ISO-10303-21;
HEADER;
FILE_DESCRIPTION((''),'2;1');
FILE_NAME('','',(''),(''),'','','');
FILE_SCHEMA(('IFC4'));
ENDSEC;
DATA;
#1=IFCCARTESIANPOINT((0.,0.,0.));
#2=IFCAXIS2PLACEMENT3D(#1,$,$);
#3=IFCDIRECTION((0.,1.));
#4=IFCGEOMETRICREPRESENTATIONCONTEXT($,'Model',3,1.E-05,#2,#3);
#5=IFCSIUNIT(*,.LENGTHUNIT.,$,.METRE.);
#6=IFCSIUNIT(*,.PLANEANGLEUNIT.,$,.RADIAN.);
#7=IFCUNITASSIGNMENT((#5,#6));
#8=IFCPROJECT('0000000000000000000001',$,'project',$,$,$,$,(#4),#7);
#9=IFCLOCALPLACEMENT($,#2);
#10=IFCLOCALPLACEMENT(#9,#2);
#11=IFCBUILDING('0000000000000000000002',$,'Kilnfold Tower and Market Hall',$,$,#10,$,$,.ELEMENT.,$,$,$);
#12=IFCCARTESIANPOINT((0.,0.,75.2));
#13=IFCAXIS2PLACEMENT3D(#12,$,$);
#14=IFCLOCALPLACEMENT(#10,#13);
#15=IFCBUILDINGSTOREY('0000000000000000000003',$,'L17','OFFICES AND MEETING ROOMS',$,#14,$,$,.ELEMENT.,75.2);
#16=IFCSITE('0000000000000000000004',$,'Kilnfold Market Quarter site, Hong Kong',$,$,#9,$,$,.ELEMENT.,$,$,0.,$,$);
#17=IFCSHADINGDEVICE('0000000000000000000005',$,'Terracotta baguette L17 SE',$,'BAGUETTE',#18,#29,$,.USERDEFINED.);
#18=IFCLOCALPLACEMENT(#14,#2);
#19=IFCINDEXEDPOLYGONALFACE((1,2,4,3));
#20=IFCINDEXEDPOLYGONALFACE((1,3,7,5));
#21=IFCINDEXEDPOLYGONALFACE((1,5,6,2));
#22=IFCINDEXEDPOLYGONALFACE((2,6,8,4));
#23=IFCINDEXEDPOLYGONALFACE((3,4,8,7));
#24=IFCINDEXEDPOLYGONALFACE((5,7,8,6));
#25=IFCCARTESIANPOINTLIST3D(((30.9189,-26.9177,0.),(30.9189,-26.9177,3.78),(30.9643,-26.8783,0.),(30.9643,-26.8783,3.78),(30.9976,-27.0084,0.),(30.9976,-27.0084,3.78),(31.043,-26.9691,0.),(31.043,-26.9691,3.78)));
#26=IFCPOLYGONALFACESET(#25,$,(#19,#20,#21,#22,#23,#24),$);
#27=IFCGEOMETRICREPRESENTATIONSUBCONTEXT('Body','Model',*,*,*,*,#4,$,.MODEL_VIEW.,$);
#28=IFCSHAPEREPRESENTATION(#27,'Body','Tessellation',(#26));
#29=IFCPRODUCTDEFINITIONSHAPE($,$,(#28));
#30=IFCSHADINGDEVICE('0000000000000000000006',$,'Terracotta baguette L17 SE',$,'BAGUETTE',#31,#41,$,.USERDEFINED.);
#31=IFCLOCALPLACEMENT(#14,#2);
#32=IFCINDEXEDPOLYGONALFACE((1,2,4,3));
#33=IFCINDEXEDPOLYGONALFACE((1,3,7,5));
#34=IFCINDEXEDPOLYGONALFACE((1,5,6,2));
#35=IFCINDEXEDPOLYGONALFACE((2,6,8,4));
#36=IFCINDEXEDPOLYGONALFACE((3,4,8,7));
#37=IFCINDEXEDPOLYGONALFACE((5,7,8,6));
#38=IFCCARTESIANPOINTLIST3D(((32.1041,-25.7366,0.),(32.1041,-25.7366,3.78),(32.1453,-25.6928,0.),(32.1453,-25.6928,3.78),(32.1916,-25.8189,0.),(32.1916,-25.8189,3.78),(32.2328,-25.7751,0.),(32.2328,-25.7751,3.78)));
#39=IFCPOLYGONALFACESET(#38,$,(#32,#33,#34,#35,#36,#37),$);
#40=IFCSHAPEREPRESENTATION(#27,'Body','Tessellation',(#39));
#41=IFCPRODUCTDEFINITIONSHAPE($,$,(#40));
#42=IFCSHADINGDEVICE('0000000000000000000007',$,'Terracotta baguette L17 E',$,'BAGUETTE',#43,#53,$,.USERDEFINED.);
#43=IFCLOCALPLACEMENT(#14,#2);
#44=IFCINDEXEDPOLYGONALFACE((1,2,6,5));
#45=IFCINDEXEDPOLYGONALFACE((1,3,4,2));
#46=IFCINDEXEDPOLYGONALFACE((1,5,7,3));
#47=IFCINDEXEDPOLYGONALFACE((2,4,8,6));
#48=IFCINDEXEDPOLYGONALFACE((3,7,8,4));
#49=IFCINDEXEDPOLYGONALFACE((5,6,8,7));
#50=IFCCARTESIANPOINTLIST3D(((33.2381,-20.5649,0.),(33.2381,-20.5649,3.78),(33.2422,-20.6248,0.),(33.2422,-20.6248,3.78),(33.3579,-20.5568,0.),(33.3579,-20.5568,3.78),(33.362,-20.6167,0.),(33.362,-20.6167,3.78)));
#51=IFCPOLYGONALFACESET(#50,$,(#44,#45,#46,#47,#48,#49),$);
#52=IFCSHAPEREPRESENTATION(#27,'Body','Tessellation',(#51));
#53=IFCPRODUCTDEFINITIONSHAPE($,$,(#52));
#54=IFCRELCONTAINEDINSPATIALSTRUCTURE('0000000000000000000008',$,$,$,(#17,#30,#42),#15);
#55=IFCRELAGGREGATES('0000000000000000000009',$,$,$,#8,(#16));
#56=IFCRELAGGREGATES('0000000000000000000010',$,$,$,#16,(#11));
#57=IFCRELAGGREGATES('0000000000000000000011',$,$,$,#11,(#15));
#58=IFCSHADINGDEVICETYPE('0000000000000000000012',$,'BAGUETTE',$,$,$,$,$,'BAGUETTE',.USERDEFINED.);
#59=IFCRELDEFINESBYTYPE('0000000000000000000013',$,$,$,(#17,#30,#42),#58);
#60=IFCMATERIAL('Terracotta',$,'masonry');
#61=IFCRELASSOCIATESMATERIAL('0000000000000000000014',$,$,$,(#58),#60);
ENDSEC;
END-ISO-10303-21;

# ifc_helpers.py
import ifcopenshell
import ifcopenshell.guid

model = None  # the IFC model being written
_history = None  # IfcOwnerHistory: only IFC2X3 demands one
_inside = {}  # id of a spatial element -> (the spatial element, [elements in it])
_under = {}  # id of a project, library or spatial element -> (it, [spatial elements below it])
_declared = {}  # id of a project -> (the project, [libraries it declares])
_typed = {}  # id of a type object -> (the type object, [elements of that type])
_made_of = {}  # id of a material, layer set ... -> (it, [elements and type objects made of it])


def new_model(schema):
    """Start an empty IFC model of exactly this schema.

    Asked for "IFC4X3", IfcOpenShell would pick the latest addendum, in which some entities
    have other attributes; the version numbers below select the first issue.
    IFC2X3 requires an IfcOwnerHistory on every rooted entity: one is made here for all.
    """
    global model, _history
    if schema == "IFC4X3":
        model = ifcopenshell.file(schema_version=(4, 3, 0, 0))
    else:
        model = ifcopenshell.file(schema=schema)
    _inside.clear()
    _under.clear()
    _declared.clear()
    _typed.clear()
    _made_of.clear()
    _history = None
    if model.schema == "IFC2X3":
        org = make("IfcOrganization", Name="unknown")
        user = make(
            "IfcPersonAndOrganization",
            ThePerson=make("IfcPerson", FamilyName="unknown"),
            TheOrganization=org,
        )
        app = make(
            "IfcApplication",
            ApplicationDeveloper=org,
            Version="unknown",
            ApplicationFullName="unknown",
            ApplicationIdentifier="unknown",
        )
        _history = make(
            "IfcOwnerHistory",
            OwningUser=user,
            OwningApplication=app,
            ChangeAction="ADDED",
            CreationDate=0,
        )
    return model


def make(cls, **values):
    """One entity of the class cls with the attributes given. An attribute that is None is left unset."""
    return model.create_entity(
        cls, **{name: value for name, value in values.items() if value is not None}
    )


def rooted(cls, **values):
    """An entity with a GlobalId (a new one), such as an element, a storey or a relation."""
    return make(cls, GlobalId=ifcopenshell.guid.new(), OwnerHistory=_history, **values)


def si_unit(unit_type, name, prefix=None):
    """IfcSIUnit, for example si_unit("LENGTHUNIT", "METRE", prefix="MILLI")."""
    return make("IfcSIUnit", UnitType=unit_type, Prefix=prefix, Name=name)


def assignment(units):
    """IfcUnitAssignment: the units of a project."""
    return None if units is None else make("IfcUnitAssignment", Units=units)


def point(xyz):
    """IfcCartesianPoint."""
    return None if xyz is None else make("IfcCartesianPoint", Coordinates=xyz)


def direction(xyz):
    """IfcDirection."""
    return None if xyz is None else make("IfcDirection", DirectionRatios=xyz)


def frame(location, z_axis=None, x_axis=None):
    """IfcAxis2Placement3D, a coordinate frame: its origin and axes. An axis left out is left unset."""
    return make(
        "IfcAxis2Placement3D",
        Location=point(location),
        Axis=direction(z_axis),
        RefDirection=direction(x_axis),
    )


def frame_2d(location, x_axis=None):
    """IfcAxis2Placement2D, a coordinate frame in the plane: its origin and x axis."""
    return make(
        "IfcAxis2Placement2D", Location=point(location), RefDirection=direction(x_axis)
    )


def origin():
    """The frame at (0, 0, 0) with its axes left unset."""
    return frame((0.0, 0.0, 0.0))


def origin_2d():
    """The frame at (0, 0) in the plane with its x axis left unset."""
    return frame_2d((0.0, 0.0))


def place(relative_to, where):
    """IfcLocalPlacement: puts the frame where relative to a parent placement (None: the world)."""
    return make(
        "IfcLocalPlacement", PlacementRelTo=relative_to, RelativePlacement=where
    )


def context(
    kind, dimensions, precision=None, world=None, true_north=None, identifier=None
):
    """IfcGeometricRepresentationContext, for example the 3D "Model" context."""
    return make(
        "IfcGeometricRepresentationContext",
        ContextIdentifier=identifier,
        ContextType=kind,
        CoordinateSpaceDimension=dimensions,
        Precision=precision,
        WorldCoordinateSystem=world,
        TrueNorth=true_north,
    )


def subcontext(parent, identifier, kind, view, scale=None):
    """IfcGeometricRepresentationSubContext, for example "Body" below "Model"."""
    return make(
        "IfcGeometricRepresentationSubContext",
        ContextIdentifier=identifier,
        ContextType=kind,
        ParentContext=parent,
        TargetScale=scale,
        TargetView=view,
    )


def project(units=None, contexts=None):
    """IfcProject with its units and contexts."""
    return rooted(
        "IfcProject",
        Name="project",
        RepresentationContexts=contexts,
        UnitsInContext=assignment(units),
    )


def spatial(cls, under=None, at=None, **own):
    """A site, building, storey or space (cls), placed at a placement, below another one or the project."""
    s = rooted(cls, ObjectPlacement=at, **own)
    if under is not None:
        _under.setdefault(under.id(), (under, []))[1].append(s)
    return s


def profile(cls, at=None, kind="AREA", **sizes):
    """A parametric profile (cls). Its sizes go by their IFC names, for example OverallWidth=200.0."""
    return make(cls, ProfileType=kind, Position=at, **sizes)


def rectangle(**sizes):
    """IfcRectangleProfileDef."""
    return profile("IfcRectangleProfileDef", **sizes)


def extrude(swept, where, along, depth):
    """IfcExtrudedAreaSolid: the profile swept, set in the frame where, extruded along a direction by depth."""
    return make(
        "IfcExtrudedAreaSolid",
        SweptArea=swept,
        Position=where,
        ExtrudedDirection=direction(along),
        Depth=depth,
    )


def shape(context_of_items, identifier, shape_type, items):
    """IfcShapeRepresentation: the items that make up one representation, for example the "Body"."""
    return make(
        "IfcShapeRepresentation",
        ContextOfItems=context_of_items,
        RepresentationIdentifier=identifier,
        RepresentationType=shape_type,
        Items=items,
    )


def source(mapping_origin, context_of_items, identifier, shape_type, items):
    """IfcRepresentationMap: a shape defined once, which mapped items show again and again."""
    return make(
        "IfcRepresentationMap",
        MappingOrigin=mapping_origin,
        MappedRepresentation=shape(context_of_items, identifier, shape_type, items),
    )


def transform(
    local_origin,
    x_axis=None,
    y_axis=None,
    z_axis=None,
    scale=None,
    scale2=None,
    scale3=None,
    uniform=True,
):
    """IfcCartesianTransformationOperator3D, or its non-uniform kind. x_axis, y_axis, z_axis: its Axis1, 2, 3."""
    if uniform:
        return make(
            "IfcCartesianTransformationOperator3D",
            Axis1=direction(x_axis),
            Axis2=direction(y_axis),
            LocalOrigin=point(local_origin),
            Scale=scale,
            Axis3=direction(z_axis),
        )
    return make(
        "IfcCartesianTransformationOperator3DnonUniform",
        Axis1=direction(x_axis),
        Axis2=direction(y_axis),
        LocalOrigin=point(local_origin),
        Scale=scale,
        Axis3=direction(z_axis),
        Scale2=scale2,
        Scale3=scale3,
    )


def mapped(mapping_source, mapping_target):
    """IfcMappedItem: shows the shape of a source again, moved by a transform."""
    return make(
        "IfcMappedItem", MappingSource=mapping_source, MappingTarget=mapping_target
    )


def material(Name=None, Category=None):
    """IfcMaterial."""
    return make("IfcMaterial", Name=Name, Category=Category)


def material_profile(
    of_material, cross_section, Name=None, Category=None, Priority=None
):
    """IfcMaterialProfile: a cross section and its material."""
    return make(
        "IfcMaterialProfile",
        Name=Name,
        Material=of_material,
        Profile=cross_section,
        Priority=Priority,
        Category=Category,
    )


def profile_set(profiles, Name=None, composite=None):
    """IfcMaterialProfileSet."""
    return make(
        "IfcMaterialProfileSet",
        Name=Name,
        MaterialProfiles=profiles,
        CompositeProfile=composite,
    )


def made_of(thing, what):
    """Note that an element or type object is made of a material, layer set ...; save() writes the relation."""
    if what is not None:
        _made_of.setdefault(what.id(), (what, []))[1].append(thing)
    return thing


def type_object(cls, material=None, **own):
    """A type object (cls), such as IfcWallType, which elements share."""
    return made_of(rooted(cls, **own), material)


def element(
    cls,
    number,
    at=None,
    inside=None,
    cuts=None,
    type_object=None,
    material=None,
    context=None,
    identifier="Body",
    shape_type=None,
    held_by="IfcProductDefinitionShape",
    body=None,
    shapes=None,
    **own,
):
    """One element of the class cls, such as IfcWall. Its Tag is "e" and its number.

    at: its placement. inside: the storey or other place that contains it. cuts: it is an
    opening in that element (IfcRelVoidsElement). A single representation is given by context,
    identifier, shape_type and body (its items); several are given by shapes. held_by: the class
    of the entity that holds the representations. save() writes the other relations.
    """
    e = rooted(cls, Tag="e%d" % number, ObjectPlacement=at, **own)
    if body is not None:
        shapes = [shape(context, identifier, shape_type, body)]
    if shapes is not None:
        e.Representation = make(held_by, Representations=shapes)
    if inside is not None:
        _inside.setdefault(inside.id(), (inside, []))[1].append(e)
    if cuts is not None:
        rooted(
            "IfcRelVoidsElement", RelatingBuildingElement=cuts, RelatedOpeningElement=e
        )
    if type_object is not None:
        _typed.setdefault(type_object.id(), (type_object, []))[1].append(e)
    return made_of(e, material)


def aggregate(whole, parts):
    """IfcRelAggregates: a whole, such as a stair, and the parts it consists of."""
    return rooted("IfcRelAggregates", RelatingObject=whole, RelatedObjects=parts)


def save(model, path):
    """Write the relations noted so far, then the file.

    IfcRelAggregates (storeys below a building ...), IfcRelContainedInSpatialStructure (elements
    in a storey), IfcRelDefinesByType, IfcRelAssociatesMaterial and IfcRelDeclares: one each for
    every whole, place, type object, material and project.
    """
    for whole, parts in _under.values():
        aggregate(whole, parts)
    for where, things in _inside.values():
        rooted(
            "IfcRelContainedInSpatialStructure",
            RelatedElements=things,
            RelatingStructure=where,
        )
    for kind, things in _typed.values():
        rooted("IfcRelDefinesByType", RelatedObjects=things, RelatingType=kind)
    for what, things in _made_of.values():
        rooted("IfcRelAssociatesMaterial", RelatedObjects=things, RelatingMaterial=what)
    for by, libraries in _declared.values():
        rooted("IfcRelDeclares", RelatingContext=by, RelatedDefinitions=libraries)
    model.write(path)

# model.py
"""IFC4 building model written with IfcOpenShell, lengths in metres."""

from ifc_helpers import new_model, si_unit, direction, frame, origin, origin_2d, place, context, subcontext, project, spatial, rectangle, extrude, source, transform, mapped, material, material_profile, profile_set, type_object, element, save


model = new_model("IFC4")

# Units and contexts
model_context = context("Model", 3, precision=1e-05, world=origin(), true_north=direction((0.0, 1.0)))
body_context = subcontext(model_context, "Body", "Model", "MODEL_VIEW")
ifc_project = project(units=[si_unit("LENGTHUNIT", "METRE"), si_unit("PLANEANGLEUNIT", "RADIAN")], contexts=[model_context])

# Site, building, storey
site_placement = place(None, origin())
site = spatial("IfcSite", under=ifc_project, at=site_placement, Name="Kilnfold Market Quarter site, Hong Kong", CompositionType="ELEMENT", RefElevation=0.0)
building_placement = place(site_placement, origin())
building = spatial("IfcBuilding", under=site, at=building_placement, Name="Kilnfold Tower and Market Hall", CompositionType="ELEMENT")
storey_placement = place(building_placement, frame((0.0, 0.0, 75.2)))
storey = spatial("IfcBuildingStorey", under=building, at=storey_placement, Name="L17", Description="OFFICES AND MEETING ROOMS", CompositionType="ELEMENT", Elevation=75.2)

# Shading devices
ifc_material_1 = material(Name="Terracotta", Category="masonry")
ifc_material_profile_1 = material_profile(ifc_material_1, rectangle(XDim=0.0601, YDim=0.1201, at=origin_2d()), Name="BAG 60x120")
ifc_profile_set_1 = profile_set([ifc_material_profile_1], Name="Terracotta")
shading_device_type = type_object("IfcShadingDeviceType", Name="BAGUETTE", ElementType="BAGUETTE", PredefinedType="USERDEFINED", material=ifc_profile_set_1)
shared_shape_1 = source(origin(), body_context, "Body", "SweptSolid", [
    extrude(rectangle(XDim=0.0601, YDim=0.1201, at=origin_2d()), origin(), (0.0, 0.0, 1.0), 3.78),
])
for number, where, z_axis, x_axis, name in (
    (1, (30.981, -26.9434, 0.0), (0.0, 0.0, 1.0), (0.755456, 0.6552, 0.0), "Terracotta baguette L17 SE"),
    (2, (32.1685, -25.7559, 0.0), (0.0, 0.0, 1.0), (0.685169, 0.728384, 0.0), "Terracotta baguette L17 SE"),
    (3, (33.3, -20.5908, 0.0), (0.0, 0.0, 1.0), (-0.067387, 0.997727, 0.0), "Terracotta baguette L17 E"),
):
    element("IfcShadingDevice", number, at=place(storey_placement, frame(where, z_axis=z_axis, x_axis=x_axis)), inside=storey, type_object=shading_device_type, Name=name, ObjectType="BAGUETTE", PredefinedType="USERDEFINED", context=body_context, shape_type="MappedRepresentation", body=[
        mapped(shared_shape_1, transform((0.0, 0.0, 0.0))),
    ])

save(model, "model.ifc")
